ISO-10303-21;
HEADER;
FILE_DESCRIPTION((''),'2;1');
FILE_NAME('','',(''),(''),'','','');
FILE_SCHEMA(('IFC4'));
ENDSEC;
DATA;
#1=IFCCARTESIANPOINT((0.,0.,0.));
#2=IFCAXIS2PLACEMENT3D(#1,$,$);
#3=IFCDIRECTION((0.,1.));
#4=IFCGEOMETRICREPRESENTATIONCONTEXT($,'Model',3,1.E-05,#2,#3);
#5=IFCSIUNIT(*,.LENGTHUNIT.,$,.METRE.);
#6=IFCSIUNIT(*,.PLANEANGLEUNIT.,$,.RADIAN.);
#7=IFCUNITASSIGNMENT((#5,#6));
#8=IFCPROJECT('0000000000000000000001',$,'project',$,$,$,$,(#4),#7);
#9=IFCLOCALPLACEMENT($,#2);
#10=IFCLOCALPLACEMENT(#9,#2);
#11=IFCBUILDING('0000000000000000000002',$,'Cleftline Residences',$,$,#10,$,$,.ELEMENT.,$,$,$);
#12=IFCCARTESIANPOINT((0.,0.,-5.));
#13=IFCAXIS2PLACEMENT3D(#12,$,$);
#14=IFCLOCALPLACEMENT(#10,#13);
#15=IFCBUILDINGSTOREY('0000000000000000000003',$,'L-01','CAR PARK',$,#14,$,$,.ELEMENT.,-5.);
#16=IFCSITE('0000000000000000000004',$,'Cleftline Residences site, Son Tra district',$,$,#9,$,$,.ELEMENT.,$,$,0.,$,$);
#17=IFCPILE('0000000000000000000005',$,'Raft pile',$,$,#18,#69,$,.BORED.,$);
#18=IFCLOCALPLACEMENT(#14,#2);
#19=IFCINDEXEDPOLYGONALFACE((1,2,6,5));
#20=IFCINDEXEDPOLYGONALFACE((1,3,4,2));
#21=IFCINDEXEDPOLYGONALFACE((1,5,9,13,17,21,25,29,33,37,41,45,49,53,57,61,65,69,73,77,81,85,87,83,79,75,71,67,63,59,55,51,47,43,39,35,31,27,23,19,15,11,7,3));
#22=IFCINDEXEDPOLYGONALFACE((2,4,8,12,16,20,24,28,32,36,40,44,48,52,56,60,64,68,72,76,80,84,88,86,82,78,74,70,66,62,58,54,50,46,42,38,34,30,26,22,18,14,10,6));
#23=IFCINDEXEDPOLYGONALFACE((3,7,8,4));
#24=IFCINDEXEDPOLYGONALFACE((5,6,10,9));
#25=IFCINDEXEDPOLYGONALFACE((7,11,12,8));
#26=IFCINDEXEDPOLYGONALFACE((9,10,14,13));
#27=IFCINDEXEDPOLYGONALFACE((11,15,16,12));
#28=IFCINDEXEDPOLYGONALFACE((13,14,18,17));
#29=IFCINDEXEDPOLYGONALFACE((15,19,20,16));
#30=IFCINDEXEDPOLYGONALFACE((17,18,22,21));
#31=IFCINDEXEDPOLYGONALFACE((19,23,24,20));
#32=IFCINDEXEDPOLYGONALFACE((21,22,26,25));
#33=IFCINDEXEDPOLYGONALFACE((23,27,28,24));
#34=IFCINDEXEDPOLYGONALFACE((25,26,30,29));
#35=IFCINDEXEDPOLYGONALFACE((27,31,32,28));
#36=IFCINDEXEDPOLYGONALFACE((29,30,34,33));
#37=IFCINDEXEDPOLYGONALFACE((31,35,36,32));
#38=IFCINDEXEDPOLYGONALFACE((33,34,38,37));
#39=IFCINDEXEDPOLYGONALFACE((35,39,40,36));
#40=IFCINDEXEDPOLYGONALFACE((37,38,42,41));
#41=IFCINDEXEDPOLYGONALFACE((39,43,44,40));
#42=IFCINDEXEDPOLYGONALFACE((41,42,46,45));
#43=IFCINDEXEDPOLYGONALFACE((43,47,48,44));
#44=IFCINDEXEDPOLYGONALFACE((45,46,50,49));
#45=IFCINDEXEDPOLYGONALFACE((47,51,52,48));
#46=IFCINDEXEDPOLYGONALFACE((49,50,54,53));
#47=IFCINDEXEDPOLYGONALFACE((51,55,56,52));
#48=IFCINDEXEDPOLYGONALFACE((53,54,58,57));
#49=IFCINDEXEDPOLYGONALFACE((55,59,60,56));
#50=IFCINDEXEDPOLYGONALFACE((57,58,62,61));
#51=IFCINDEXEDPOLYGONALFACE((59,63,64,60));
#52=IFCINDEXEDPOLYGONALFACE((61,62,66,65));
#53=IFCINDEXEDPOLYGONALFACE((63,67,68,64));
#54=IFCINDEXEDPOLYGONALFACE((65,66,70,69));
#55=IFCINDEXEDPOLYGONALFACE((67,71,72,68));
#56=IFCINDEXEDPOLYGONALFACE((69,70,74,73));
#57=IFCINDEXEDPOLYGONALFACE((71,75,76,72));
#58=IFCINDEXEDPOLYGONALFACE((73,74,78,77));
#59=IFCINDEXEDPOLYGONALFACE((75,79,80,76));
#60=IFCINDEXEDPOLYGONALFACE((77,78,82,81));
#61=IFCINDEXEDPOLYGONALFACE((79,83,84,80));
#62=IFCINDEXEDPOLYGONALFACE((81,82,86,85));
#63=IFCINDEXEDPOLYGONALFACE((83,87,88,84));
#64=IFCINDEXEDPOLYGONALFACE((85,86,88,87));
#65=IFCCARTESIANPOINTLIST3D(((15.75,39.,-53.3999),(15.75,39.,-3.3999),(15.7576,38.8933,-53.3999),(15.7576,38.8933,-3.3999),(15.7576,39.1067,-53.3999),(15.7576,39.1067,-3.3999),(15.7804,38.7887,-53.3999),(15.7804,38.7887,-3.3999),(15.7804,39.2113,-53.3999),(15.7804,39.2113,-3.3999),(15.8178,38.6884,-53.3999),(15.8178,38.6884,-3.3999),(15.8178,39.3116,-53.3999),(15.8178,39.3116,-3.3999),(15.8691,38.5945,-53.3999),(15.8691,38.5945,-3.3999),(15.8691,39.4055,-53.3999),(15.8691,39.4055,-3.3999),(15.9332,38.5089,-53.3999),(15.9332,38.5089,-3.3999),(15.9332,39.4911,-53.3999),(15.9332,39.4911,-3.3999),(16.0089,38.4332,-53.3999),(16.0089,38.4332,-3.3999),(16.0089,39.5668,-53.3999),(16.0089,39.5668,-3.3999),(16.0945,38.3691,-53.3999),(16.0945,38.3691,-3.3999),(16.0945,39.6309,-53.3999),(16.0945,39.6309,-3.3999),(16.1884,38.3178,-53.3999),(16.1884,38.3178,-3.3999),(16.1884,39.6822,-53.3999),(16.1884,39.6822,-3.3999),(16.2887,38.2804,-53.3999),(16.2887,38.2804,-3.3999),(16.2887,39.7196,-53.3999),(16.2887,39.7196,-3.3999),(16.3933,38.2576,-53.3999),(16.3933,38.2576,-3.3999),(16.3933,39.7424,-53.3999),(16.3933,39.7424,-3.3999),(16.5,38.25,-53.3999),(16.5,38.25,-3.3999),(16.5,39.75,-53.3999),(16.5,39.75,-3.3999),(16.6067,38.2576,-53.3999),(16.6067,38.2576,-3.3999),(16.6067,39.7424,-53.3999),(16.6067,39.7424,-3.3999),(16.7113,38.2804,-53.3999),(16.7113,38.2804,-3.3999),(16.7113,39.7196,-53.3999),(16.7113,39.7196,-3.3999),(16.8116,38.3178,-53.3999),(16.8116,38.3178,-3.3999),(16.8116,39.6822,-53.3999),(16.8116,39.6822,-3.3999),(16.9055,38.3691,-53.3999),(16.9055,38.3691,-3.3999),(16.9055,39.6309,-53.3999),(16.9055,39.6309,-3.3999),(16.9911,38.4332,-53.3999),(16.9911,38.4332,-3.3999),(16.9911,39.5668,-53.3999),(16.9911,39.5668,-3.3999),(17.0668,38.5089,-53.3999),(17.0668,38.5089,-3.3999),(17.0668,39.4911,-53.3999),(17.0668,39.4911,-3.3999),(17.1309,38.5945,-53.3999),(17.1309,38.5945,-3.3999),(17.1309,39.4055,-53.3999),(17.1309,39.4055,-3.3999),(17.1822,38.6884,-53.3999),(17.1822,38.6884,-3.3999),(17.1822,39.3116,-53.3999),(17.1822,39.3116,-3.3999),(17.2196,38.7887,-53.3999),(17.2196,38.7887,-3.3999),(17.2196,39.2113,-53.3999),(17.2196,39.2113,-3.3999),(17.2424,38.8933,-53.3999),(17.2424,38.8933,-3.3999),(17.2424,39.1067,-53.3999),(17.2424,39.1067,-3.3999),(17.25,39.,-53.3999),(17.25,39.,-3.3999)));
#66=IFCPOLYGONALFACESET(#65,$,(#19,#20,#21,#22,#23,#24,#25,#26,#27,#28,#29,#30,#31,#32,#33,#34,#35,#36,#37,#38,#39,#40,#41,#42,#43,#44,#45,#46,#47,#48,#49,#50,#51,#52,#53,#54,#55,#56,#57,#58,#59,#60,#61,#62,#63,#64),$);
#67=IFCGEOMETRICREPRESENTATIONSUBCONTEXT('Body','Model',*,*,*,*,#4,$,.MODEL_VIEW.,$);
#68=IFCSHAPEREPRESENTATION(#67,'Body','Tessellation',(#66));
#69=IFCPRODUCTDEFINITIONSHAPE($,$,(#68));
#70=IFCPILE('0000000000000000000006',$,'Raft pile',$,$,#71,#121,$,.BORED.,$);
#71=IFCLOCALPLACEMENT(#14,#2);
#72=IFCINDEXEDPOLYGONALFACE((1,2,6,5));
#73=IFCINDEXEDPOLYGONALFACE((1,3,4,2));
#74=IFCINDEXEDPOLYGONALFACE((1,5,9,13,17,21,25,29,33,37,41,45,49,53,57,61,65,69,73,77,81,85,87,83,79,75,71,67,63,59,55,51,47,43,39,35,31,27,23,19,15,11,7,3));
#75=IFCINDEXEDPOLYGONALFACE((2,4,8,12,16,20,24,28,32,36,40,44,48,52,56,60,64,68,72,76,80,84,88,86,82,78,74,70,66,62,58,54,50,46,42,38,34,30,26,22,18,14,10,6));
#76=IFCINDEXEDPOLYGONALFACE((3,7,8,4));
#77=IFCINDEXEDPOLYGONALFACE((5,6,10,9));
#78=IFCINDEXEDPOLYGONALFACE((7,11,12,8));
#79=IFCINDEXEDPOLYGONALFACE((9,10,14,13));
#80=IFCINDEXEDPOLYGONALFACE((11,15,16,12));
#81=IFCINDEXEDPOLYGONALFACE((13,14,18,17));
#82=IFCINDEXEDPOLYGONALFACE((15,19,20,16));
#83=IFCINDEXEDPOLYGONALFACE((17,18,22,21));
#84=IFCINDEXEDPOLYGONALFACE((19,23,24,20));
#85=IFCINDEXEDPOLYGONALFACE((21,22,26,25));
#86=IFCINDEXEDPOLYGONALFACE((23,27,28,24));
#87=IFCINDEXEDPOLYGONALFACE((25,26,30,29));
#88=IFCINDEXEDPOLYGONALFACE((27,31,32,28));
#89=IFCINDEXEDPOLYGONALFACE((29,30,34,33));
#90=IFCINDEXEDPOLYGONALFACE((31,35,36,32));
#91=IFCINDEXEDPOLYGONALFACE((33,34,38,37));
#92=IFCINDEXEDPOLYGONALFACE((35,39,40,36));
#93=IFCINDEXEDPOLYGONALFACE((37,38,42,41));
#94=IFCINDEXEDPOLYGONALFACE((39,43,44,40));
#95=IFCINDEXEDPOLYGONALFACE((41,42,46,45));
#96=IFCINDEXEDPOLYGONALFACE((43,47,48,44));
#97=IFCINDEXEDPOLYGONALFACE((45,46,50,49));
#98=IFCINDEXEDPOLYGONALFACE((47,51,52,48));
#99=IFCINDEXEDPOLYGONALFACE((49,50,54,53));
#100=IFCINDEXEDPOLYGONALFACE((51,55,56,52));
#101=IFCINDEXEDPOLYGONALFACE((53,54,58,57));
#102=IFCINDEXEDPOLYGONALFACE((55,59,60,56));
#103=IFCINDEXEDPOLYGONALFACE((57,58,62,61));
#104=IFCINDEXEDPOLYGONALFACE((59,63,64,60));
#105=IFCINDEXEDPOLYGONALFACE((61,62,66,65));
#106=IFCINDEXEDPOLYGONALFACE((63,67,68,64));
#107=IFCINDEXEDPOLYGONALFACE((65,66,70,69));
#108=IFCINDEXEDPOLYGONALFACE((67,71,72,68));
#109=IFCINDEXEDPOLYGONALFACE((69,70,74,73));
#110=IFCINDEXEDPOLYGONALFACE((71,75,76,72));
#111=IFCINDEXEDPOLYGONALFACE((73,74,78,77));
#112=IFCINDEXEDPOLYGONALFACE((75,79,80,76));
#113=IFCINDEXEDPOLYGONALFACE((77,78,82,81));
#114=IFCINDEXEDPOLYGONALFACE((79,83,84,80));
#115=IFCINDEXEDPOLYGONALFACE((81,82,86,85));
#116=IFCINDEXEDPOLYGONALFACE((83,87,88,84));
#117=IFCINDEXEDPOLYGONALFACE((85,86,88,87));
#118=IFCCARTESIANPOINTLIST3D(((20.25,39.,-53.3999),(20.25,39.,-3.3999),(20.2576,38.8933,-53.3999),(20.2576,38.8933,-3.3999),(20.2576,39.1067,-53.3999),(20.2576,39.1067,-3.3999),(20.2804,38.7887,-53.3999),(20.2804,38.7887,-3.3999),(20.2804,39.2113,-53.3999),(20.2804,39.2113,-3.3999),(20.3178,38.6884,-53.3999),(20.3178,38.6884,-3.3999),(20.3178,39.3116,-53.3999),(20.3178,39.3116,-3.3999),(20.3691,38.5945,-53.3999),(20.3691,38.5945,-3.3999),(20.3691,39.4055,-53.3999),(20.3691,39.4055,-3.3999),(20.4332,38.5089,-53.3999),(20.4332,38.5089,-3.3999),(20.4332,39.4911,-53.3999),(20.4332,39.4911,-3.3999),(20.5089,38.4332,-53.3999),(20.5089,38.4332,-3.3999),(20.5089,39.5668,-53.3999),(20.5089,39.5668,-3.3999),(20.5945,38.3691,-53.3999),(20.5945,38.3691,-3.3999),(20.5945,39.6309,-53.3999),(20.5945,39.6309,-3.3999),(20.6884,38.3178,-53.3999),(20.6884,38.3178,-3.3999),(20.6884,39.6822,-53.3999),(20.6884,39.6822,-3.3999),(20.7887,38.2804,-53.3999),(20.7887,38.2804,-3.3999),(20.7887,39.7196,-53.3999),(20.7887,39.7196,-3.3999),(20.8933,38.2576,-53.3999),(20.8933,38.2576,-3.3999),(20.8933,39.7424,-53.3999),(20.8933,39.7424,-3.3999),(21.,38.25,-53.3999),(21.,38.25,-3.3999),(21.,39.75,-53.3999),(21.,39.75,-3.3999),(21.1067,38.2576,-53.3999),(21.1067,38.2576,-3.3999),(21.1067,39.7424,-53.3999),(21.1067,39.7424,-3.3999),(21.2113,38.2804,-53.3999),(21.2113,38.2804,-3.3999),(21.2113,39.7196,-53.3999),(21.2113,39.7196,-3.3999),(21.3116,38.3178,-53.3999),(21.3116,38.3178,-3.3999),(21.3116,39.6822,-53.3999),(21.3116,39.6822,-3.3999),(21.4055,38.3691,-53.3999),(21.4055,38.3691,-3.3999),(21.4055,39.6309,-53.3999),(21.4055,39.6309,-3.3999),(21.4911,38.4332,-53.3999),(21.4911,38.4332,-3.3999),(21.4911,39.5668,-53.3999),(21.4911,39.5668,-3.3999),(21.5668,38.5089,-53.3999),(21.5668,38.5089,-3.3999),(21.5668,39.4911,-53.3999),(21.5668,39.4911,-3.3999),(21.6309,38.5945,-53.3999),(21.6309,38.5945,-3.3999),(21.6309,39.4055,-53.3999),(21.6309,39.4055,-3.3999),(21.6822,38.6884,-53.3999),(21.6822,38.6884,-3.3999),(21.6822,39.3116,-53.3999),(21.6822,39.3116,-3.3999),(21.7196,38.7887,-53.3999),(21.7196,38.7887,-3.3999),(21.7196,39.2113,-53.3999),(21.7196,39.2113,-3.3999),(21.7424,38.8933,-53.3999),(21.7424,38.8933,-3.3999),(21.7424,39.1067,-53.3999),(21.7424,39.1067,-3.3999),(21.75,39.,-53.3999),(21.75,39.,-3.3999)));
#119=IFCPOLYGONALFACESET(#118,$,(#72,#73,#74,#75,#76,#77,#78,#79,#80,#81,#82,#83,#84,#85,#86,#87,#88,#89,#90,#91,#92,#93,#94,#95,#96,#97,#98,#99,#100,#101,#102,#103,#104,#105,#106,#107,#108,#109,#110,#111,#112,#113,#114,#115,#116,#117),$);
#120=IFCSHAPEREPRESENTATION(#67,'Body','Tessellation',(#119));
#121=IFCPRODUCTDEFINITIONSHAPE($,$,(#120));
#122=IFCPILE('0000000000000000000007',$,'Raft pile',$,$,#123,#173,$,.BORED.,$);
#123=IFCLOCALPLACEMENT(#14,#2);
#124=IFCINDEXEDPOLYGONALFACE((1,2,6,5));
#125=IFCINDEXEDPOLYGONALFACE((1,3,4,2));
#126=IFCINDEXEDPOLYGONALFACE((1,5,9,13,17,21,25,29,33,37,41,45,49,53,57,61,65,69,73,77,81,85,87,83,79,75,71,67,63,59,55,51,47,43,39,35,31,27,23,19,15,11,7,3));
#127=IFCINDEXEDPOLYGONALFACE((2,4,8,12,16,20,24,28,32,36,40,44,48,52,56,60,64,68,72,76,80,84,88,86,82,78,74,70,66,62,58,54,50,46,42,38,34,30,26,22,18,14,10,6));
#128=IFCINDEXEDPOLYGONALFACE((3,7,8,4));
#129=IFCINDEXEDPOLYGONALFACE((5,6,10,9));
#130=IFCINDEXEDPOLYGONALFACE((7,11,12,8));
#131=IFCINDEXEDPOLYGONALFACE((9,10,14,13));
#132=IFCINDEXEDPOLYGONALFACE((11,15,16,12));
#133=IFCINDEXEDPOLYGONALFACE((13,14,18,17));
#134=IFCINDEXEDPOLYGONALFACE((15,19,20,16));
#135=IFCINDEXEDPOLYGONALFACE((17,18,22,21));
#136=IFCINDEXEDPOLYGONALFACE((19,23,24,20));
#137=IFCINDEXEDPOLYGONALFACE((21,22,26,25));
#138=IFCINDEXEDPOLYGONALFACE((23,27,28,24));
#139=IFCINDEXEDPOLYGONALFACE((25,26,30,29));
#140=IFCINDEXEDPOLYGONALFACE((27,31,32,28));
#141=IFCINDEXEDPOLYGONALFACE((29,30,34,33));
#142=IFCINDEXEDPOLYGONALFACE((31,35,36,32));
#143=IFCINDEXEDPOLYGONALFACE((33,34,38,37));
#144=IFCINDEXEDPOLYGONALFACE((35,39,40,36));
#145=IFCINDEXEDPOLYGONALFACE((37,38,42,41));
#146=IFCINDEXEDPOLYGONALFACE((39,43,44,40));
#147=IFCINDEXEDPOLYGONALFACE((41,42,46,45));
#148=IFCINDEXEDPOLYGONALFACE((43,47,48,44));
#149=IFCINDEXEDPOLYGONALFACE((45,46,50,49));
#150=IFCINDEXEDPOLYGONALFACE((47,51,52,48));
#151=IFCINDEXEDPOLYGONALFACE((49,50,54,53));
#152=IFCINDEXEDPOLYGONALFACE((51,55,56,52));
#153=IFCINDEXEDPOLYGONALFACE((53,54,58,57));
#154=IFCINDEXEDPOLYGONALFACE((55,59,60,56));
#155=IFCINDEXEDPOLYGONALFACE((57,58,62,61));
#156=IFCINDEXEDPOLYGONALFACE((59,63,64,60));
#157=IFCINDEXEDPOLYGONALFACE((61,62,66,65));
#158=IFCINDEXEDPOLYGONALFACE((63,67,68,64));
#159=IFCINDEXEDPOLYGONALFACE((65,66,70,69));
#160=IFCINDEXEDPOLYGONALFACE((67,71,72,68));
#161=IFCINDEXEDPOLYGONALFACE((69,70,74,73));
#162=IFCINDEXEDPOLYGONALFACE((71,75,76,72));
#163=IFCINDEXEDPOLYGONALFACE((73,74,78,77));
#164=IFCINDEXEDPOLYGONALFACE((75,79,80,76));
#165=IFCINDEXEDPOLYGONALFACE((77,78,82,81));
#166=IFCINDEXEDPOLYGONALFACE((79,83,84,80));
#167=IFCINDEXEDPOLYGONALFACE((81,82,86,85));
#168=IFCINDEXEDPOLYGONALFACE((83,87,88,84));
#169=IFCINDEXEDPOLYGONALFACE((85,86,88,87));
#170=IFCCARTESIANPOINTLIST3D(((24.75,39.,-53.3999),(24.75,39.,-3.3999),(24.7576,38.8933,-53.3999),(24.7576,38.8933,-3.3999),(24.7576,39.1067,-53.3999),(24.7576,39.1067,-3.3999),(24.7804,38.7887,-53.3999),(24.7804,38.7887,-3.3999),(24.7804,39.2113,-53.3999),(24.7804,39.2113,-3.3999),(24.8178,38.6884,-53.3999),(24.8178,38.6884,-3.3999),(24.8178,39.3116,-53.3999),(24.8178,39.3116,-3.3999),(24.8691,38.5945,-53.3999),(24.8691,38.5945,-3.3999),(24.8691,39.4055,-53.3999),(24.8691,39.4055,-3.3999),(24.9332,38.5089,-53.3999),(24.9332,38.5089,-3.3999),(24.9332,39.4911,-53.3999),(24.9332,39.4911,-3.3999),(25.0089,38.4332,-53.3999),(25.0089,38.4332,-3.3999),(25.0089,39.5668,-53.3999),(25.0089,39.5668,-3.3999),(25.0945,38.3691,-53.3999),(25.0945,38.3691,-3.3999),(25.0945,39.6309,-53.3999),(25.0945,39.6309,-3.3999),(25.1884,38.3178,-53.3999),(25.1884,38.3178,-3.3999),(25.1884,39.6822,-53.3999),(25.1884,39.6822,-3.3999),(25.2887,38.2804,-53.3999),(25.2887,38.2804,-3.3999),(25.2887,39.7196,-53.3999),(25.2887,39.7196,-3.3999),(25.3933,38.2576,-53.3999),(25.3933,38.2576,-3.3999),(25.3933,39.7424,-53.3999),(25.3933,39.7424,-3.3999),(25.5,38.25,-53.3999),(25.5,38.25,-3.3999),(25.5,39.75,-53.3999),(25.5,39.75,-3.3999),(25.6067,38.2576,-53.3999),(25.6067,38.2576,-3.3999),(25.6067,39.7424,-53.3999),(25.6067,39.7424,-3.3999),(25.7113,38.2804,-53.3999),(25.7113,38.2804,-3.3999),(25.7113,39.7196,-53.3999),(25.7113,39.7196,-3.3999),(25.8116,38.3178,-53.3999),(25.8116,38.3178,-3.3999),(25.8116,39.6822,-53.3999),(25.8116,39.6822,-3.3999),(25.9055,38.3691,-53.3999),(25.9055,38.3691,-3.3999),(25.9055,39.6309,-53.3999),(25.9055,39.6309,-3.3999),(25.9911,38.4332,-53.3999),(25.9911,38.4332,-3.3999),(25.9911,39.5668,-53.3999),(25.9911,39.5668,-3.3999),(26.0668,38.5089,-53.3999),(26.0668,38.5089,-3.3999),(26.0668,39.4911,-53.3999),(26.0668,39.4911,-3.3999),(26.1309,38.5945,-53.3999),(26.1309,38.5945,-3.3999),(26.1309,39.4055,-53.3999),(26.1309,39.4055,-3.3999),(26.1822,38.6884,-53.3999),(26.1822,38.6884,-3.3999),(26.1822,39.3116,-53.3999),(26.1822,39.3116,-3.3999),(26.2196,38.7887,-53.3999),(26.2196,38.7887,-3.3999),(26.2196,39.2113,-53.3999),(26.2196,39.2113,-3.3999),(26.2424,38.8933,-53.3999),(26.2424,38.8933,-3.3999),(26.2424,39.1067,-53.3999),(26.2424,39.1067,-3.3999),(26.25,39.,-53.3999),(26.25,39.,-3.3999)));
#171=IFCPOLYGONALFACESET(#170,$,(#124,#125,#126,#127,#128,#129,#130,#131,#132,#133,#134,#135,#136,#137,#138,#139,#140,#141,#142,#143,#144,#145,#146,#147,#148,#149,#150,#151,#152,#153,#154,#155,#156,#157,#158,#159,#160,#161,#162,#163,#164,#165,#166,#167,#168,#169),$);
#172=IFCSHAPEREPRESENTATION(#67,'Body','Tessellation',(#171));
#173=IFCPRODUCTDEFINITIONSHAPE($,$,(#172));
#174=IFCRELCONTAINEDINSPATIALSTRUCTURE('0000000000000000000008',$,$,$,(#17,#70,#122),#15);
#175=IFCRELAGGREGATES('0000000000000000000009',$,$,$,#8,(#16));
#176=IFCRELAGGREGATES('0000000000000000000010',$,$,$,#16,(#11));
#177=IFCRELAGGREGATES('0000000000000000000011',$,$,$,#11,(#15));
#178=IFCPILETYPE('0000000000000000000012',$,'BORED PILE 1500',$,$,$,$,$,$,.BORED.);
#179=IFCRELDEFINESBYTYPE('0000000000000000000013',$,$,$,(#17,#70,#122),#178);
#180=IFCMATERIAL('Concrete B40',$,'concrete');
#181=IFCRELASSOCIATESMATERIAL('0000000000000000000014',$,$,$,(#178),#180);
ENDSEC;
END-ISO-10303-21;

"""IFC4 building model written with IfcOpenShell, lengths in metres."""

from ifc_helpers import new_model, si_unit, direction, frame, origin, origin_2d, place, context, subcontext, project, spatial, circle, extrude, material, material_profile, profile_set, type_object, element, save


model = new_model("IFC4")

# Units and contexts
model_context = context("Model", 3, precision=1e-05, world=origin(), true_north=direction((0.0, 1.0)))
body_context = subcontext(model_context, "Body", "Model", "MODEL_VIEW")
ifc_project = project(units=[si_unit("LENGTHUNIT", "METRE"), si_unit("PLANEANGLEUNIT", "RADIAN")], contexts=[model_context])

# Site, building, storey
site_placement = place(None, origin())
site = spatial("IfcSite", under=ifc_project, at=site_placement, Name="Cleftline Residences site, Son Tra district", CompositionType="ELEMENT", RefElevation=0.0)
building_placement = place(site_placement, origin())
building = spatial("IfcBuilding", under=site, at=building_placement, Name="Cleftline Residences", CompositionType="ELEMENT")
storey_placement = place(building_placement, frame((0.0, 0.0, -5.0)))
storey = spatial("IfcBuildingStorey", under=building, at=storey_placement, Name="L-01", Description="CAR PARK", CompositionType="ELEMENT", Elevation=-5.0)

# Piles
ifc_material_1 = material(Name="Concrete B40", Category="concrete")
ifc_material_profile_1 = material_profile(ifc_material_1, circle(Radius=0.75, at=origin_2d()))
ifc_profile_set_1 = profile_set([ifc_material_profile_1], Name="Concrete B40")
pile_type_1 = type_object("IfcPileType", Name="BORED PILE 1500", PredefinedType="BORED", material=ifc_profile_set_1)
for number, where, z_axis, x_axis, name in (
    (1, (16.5, 39.0, -3.3999), (0.0, 0.0, -1.0), (1.0, 0.0, 0.0), "Raft pile"),
    (2, (21.0, 39.0, -3.3999), (0.0, 0.0, -1.0), (1.0, 0.0, 0.0), "Raft pile"),
    (3, (25.5, 39.0, -3.3999), (0.0, 0.0, -1.0), (1.0, 0.0, 0.0), "Raft pile"),
):
    element("IfcPile", number, at=place(storey_placement, frame(where, z_axis=z_axis, x_axis=x_axis)), inside=storey, type_object=pile_type_1, Name=name, PredefinedType="BORED", context=body_context, shape_type="SweptSolid", body=[
        extrude(circle(Radius=0.75, at=origin_2d()), origin(), (0.0, 0.0, 1.0), 50.0),
    ])

save(model, "model.ifc")
